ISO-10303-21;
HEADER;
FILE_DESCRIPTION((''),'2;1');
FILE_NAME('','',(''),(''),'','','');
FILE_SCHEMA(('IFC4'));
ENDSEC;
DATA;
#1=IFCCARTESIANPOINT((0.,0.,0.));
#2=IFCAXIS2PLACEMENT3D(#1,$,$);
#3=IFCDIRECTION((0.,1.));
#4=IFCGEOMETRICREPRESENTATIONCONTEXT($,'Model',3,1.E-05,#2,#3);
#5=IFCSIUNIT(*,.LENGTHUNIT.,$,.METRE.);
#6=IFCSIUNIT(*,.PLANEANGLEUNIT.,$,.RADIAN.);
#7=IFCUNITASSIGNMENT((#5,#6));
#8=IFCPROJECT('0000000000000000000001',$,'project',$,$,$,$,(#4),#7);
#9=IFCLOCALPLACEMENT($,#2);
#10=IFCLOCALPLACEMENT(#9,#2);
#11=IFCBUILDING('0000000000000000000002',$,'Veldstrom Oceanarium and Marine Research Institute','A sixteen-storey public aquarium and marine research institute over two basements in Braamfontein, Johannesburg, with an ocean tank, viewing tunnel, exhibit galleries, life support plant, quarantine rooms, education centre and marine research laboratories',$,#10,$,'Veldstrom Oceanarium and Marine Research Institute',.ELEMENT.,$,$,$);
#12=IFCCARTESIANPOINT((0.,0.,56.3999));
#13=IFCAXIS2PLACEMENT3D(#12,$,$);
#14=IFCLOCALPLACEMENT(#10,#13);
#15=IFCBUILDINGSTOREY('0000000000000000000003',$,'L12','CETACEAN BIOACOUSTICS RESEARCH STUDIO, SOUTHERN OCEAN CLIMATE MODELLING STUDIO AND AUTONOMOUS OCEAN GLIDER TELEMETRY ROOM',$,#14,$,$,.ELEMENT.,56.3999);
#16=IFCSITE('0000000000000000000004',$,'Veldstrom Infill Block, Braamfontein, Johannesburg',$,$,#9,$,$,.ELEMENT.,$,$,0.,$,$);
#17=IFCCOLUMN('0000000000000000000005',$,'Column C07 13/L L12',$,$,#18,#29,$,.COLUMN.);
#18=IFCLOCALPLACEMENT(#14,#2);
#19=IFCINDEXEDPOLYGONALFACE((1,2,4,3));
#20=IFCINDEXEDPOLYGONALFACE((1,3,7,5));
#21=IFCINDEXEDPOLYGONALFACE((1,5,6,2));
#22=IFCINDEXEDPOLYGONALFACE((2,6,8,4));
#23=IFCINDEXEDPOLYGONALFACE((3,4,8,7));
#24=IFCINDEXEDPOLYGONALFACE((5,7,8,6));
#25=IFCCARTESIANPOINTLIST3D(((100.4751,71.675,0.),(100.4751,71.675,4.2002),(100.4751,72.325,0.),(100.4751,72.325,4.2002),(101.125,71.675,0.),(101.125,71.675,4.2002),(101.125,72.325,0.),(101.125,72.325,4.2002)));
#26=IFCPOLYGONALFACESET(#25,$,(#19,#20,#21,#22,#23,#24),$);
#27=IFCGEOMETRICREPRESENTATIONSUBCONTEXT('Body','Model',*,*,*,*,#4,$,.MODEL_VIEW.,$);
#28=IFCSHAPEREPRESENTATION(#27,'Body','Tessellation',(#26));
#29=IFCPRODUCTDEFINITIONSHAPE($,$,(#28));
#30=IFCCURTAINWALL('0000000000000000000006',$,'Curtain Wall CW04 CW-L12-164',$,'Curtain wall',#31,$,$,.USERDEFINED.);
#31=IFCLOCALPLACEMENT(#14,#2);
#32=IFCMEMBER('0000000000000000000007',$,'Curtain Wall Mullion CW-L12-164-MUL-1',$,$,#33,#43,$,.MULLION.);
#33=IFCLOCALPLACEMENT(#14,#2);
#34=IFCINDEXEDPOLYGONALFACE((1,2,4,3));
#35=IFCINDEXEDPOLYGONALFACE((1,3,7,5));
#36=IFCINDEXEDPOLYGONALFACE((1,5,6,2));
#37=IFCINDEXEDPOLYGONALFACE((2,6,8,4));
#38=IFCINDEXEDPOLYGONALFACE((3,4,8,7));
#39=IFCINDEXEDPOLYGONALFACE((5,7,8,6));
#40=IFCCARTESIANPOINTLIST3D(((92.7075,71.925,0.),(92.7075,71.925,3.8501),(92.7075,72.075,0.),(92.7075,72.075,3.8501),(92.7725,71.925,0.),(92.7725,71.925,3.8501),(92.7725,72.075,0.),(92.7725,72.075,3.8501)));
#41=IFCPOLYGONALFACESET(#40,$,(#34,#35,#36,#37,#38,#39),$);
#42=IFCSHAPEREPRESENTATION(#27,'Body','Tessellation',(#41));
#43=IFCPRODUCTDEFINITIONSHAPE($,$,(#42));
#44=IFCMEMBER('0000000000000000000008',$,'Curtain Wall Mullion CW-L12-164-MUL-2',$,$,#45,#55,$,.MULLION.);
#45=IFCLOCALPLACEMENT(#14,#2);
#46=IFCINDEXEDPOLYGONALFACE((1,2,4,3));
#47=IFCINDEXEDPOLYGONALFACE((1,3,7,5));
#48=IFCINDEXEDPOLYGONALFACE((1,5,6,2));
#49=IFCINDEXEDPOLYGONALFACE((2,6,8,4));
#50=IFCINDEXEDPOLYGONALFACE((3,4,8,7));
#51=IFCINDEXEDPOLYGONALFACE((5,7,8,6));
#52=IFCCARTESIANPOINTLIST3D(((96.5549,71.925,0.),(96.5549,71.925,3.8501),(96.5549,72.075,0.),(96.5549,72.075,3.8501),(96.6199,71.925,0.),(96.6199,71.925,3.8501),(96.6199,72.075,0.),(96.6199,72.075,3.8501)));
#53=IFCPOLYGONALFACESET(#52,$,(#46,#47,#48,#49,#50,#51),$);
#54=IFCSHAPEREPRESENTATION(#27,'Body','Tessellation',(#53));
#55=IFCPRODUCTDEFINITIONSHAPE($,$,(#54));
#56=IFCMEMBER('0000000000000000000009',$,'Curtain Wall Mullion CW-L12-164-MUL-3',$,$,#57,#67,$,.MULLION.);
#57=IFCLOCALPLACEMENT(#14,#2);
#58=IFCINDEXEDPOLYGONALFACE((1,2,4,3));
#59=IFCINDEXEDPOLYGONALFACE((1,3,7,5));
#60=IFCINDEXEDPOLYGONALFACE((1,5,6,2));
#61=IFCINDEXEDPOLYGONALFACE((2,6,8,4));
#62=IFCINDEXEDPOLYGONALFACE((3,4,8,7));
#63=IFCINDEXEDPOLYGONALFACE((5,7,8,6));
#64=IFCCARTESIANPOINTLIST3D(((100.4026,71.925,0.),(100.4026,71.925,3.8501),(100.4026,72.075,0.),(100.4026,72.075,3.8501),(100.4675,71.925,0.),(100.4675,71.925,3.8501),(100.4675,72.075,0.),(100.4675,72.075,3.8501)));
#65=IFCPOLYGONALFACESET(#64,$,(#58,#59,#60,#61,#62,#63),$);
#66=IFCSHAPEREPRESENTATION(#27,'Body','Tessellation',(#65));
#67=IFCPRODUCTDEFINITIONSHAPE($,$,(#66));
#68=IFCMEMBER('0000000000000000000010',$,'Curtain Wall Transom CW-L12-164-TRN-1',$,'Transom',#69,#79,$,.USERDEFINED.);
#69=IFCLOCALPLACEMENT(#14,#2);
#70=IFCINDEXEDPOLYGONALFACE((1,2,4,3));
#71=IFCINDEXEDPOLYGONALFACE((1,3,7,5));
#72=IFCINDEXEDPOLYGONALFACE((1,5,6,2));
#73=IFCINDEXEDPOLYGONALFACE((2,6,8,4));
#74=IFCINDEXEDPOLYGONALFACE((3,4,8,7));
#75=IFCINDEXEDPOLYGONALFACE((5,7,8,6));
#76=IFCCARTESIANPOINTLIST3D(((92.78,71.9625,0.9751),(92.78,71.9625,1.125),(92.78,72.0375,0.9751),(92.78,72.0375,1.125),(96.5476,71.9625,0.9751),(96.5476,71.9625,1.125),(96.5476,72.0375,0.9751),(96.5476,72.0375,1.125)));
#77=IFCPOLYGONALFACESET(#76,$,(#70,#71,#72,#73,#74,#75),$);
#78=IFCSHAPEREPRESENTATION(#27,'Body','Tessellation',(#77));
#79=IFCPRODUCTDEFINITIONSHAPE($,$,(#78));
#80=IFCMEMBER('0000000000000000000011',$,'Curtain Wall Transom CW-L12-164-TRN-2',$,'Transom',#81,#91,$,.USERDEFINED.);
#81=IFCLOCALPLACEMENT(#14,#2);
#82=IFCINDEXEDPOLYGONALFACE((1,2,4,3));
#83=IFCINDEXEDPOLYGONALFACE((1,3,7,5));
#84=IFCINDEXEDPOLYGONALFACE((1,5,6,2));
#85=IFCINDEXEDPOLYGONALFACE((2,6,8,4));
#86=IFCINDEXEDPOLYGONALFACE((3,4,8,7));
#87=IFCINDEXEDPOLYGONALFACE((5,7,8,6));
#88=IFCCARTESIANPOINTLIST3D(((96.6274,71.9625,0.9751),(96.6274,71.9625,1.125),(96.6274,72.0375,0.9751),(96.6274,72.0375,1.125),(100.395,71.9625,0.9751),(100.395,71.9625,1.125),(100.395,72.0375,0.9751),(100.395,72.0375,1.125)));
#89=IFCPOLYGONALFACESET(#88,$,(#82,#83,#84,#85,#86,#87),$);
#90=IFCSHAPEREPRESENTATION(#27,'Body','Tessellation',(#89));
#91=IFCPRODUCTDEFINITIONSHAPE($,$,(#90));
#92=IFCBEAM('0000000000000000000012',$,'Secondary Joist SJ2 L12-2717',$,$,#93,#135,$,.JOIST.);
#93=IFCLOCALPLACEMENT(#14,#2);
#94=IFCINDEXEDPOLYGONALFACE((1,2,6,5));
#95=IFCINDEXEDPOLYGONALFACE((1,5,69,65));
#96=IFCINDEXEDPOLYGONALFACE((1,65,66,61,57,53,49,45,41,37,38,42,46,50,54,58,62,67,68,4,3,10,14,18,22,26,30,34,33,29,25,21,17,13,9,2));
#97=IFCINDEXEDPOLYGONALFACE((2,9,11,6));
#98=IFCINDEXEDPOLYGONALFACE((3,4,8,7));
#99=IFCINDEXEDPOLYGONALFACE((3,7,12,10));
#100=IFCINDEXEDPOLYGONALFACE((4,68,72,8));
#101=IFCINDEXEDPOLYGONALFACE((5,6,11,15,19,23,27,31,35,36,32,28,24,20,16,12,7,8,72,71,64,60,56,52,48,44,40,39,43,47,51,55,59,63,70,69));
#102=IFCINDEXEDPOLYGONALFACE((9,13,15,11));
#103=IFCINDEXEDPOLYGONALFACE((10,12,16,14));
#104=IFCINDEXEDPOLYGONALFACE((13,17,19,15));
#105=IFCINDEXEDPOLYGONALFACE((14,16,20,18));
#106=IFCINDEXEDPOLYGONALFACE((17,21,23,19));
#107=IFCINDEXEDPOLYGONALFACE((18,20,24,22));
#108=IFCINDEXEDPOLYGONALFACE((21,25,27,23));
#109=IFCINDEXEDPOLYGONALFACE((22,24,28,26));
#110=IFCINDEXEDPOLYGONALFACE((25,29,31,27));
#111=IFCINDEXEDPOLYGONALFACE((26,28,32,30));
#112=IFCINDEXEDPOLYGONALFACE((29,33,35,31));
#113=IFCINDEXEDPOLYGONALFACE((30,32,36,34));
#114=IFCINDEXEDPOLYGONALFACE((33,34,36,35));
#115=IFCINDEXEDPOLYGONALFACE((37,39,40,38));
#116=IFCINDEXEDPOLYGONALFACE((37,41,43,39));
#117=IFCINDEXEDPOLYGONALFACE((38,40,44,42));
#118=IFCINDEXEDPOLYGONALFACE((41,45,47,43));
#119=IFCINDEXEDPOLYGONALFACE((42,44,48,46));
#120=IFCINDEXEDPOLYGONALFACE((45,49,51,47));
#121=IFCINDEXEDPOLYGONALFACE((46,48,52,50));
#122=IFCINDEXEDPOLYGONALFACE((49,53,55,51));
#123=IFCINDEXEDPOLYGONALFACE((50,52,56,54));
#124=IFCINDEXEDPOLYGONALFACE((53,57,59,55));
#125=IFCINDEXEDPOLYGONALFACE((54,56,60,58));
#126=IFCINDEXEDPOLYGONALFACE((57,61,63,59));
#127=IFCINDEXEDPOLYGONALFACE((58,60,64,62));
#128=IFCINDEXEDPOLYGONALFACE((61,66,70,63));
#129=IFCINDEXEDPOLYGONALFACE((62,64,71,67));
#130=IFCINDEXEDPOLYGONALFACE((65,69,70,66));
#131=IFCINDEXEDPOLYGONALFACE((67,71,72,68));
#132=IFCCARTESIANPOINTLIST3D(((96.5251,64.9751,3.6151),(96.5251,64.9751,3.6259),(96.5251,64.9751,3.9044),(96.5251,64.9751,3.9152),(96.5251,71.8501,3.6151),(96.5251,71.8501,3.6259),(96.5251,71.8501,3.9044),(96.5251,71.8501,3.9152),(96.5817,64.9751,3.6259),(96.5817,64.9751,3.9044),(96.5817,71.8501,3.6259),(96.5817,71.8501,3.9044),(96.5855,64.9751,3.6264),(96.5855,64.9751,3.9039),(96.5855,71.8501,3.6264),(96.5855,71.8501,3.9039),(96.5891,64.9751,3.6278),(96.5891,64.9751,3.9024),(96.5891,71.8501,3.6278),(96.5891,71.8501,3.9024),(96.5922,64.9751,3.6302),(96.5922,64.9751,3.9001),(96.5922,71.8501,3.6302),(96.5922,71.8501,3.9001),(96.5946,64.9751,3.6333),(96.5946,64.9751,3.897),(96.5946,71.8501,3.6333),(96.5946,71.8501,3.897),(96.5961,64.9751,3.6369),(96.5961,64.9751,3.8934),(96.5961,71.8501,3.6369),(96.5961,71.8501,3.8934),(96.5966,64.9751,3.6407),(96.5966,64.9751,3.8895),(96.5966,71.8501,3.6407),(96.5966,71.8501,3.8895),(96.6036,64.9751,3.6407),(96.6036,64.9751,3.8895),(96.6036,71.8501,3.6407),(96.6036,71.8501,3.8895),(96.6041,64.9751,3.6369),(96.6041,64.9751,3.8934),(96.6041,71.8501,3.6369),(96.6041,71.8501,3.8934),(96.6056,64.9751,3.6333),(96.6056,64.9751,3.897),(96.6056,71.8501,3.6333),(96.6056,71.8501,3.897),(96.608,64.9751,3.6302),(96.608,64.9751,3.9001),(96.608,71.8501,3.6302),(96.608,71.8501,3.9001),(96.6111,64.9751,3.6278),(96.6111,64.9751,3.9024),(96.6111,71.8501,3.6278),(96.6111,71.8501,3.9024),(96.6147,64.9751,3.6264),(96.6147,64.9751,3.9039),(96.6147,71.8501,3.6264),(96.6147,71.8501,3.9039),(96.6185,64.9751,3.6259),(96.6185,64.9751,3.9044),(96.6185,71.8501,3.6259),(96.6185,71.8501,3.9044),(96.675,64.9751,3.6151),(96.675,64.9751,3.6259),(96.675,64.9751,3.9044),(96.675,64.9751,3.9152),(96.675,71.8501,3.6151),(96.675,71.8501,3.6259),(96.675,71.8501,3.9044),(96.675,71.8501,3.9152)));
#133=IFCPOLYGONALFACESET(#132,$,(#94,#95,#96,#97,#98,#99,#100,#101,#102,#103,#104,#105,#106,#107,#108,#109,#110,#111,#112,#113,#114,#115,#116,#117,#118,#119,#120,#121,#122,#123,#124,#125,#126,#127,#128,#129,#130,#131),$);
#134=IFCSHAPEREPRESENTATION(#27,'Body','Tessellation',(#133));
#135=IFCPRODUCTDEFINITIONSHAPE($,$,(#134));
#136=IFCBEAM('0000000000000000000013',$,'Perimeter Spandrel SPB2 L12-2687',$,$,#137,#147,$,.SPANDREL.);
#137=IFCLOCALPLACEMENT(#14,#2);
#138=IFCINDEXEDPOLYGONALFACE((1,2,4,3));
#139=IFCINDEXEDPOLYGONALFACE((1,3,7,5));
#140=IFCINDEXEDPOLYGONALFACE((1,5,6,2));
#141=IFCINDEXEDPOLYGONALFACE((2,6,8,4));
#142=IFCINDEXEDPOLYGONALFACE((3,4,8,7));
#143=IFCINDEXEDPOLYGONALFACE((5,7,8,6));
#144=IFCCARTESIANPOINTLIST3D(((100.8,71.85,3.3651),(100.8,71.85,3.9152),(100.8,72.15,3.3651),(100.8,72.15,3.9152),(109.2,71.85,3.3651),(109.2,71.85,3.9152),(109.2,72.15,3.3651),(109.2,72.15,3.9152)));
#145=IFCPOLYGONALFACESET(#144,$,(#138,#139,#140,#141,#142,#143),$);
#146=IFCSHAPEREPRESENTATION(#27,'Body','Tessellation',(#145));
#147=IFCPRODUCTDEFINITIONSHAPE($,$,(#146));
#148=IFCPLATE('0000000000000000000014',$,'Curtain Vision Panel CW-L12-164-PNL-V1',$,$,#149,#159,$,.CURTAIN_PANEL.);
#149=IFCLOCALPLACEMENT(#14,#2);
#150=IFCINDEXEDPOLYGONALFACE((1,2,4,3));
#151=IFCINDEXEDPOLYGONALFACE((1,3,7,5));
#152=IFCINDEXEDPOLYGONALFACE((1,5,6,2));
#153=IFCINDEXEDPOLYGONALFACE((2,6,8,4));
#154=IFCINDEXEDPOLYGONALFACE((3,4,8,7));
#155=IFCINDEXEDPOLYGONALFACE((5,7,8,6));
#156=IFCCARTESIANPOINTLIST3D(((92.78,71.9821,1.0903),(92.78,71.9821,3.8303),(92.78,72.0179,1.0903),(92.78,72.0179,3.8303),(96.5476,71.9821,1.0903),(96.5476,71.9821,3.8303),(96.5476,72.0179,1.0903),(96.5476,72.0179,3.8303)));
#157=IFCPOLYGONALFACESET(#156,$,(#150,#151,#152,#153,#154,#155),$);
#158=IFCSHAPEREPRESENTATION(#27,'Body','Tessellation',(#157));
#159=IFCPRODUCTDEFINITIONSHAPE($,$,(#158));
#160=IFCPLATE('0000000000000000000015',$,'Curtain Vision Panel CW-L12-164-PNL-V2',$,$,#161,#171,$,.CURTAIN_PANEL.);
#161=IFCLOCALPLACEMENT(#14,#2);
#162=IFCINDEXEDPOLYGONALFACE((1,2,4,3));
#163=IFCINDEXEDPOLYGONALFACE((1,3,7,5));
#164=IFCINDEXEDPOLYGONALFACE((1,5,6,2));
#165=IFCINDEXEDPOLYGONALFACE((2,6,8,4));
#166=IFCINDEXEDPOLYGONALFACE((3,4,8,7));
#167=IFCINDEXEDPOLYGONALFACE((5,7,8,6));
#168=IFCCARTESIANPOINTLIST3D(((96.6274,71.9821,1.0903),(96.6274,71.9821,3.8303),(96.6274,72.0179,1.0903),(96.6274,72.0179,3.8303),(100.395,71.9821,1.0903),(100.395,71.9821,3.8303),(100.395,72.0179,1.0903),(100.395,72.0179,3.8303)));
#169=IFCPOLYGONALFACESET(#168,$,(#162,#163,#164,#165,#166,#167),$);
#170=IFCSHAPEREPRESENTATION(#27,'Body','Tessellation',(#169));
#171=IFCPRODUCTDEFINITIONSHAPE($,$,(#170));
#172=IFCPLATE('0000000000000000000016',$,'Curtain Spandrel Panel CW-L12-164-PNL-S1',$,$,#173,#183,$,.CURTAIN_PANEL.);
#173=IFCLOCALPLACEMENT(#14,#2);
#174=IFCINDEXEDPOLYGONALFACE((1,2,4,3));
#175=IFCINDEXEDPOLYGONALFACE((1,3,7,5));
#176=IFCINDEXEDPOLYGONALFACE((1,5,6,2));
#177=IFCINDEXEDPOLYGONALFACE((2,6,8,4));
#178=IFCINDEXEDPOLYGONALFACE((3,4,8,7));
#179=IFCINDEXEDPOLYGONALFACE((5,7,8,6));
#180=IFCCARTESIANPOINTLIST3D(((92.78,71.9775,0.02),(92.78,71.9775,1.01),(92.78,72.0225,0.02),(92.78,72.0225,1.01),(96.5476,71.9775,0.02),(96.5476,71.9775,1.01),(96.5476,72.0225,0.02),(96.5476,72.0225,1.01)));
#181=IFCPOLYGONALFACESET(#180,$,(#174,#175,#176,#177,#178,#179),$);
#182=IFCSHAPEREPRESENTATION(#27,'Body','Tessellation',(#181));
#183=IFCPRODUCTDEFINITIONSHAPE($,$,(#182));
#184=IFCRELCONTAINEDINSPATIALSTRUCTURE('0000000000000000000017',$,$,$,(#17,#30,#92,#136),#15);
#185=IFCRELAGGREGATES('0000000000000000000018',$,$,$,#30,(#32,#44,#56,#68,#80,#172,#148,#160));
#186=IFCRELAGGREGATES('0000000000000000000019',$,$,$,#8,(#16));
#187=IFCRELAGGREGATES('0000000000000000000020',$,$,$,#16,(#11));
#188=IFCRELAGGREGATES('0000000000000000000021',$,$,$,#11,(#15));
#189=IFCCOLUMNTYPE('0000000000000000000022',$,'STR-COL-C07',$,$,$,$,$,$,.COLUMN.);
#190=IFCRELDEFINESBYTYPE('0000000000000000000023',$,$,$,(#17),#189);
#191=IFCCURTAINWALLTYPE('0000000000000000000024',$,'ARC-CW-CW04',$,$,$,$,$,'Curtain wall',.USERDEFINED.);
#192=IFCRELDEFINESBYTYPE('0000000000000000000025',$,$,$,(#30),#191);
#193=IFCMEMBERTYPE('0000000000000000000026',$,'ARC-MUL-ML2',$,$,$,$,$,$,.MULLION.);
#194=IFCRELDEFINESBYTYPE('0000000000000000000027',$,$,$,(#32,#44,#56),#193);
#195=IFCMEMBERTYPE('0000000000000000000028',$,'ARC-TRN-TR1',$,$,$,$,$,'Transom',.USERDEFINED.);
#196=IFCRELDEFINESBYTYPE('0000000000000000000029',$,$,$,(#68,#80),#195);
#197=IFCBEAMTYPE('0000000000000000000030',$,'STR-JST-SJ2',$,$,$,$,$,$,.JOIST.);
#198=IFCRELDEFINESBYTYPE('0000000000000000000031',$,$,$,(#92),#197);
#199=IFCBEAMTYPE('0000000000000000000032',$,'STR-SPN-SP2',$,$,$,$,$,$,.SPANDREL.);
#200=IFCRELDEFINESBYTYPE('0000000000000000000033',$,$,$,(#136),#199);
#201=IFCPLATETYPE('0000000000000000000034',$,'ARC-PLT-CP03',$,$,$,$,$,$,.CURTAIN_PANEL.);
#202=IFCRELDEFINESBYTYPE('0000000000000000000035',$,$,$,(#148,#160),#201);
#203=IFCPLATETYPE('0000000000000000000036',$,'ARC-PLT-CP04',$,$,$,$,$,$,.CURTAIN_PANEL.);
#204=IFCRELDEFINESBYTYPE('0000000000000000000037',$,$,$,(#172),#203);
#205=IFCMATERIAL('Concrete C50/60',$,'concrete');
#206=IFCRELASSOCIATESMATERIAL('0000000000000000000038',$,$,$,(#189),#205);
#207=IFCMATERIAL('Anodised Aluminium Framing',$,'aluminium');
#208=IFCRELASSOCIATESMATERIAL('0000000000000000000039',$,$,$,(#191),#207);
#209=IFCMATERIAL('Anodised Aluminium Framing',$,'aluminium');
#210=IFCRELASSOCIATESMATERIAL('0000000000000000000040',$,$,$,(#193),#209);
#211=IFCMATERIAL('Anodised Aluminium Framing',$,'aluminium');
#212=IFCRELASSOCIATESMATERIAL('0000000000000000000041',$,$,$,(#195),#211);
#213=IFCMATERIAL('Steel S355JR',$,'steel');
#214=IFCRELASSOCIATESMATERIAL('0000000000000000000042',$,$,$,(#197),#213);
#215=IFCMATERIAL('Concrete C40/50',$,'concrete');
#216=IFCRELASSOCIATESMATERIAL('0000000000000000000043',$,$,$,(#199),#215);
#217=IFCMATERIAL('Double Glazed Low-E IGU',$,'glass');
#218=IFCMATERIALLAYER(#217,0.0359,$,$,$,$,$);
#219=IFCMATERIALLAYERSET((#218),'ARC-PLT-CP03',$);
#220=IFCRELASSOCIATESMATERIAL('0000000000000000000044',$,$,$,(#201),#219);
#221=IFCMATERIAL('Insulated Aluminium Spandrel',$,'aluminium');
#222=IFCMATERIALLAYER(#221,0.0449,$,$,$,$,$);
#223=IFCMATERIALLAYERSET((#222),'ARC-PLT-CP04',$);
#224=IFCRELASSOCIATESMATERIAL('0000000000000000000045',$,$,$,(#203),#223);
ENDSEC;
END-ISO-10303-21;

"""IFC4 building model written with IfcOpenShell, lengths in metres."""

from ifc_helpers import new_model, si_unit, direction, frame, origin, origin_2d, place, context, subcontext, project, spatial, rectangle, i_section, extrude, material, layer, layer_set, material_profile, profile_set, type_object, element, aggregate, save


model = new_model("IFC4")

# Units and contexts
model_context = context("Model", 3, precision=1e-05, world=origin(), true_north=direction((0.0, 1.0)))
body_context = subcontext(model_context, "Body", "Model", "MODEL_VIEW")
ifc_project = project(units=[si_unit("LENGTHUNIT", "METRE"), si_unit("PLANEANGLEUNIT", "RADIAN")], contexts=[model_context])

# Site, building, storey
site_placement = place(None, origin())
site = spatial("IfcSite", under=ifc_project, at=site_placement, Name="Veldstrom Infill Block, Braamfontein, Johannesburg", CompositionType="ELEMENT", RefElevation=0.0)
building_placement = place(site_placement, origin())
building = spatial("IfcBuilding", under=site, at=building_placement, Name="Veldstrom Oceanarium and Marine Research Institute", Description="A sixteen-storey public aquarium and marine research institute over two basements in Braamfontein, Johannesburg, with an ocean tank, viewing tunnel, exhibit galleries, life support plant, quarantine rooms, education centre and marine research laboratories", LongName="Veldstrom Oceanarium and Marine Research Institute", CompositionType="ELEMENT")
storey_placement = place(building_placement, frame((0.0, 0.0, 56.3999)))
storey = spatial("IfcBuildingStorey", under=building, at=storey_placement, Name="L12", Description="CETACEAN BIOACOUSTICS RESEARCH STUDIO, SOUTHERN OCEAN CLIMATE MODELLING STUDIO AND AUTONOMOUS OCEAN GLIDER TELEMETRY ROOM", CompositionType="ELEMENT", Elevation=56.3999)

# Column
ifc_material_1 = material(Name="Concrete C50/60", Category="concrete")
ifc_material_profile_1 = material_profile(ifc_material_1, rectangle(XDim=0.6499, YDim=0.6499, at=origin_2d()), Name="RC-COL-650x650")
ifc_profile_set_1 = profile_set([ifc_material_profile_1], Name="Concrete C50/60")
column_type = type_object("IfcColumnType", Name="STR-COL-C07", PredefinedType="COLUMN", material=ifc_profile_set_1)
column_placement = place(storey_placement, frame((100.8, 72.0, 0.0), z_axis=(0.0, 0.0, 1.0), x_axis=(1.0, 0.0, 0.0)))
element("IfcColumn", 1, at=column_placement, inside=storey, type_object=column_type, Name="Column C07 13/L L12", PredefinedType="COLUMN", context=body_context, shape_type="SweptSolid", body=[
    extrude(rectangle(XDim=0.6499, YDim=0.6499, at=origin_2d()), origin(), (0.0, 0.0, 1.0), 4.2002),
])

# Curtain wall, members
ifc_material_2 = material(Name="Anodised Aluminium Framing", Category="aluminium")
curtain_wall_type = type_object("IfcCurtainWallType", Name="ARC-CW-CW04", ElementType="Curtain wall", PredefinedType="USERDEFINED", material=ifc_material_2)
curtain_wall_placement = place(storey_placement, origin())
curtain_wall = element("IfcCurtainWall", 2, at=curtain_wall_placement, inside=storey, type_object=curtain_wall_type, Name="Curtain Wall CW04 CW-L12-164", ObjectType="Curtain wall", PredefinedType="USERDEFINED")
ifc_material_3 = material(Name="Anodised Aluminium Framing", Category="aluminium")
ifc_material_profile_2 = material_profile(ifc_material_3, rectangle(XDim=0.0649, YDim=0.1499, at=origin_2d()), Name="ALU-MUL-65x150")
ifc_profile_set_2 = profile_set([ifc_material_profile_2], Name="Anodised Aluminium Framing")
member_type_1 = type_object("IfcMemberType", Name="ARC-MUL-ML2", PredefinedType="MULLION", material=ifc_profile_set_2)
member_1_placement = place(storey_placement, frame((92.74, 72.0, 0.0), z_axis=(0.0, 0.0, 1.0), x_axis=(1.0, 0.0, 0.0)))
member_1 = element("IfcMember", 3, at=member_1_placement, type_object=member_type_1, Name="Curtain Wall Mullion CW-L12-164-MUL-1", PredefinedType="MULLION", context=body_context, shape_type="SweptSolid", body=[
    extrude(rectangle(XDim=0.0649, YDim=0.1499, at=origin_2d()), origin(), (0.0, 0.0, 1.0), 3.8501),
])
member_2_placement = place(storey_placement, frame((96.5874, 72.0, 0.0), z_axis=(0.0, 0.0, 1.0), x_axis=(1.0, 0.0, 0.0)))
member_2 = element("IfcMember", 4, at=member_2_placement, type_object=member_type_1, Name="Curtain Wall Mullion CW-L12-164-MUL-2", PredefinedType="MULLION", context=body_context, shape_type="SweptSolid", body=[
    extrude(rectangle(XDim=0.0649, YDim=0.1499, at=origin_2d()), origin(), (0.0, 0.0, 1.0), 3.8501),
])
member_3_placement = place(storey_placement, frame((100.4351, 72.0, 0.0), z_axis=(0.0, 0.0, 1.0), x_axis=(1.0, 0.0, 0.0)))
member_3 = element("IfcMember", 5, at=member_3_placement, type_object=member_type_1, Name="Curtain Wall Mullion CW-L12-164-MUL-3", PredefinedType="MULLION", context=body_context, shape_type="SweptSolid", body=[
    extrude(rectangle(XDim=0.0649, YDim=0.1499, at=origin_2d()), origin(), (0.0, 0.0, 1.0), 3.8501),
])
ifc_material_4 = material(Name="Anodised Aluminium Framing", Category="aluminium")
ifc_material_profile_3 = material_profile(ifc_material_4, rectangle(XDim=0.075, YDim=0.1499, at=origin_2d()), Name="ALU-TRN-75x150")
ifc_profile_set_3 = profile_set([ifc_material_profile_3], Name="Anodised Aluminium Framing")
member_type_2 = type_object("IfcMemberType", Name="ARC-TRN-TR1", ElementType="Transom", PredefinedType="USERDEFINED", material=ifc_profile_set_3)
member_4_placement = place(storey_placement, frame((92.78, 72.0, 1.05), z_axis=(1.0, 0.0, 0.0), x_axis=(0.0, 1.0, 0.0)))
member_4 = element("IfcMember", 6, at=member_4_placement, type_object=member_type_2, Name="Curtain Wall Transom CW-L12-164-TRN-1", ObjectType="Transom", PredefinedType="USERDEFINED", context=body_context, shape_type="SweptSolid", body=[
    extrude(rectangle(XDim=0.075, YDim=0.1499, at=origin_2d()), origin(), (0.0, 0.0, 1.0), 3.7676),
])
member_5_placement = place(storey_placement, frame((96.6274, 72.0, 1.05), z_axis=(1.0, 0.0, 0.0), x_axis=(0.0, 1.0, 0.0)))
member_5 = element("IfcMember", 7, at=member_5_placement, type_object=member_type_2, Name="Curtain Wall Transom CW-L12-164-TRN-2", ObjectType="Transom", PredefinedType="USERDEFINED", context=body_context, shape_type="SweptSolid", body=[
    extrude(rectangle(XDim=0.075, YDim=0.1499, at=origin_2d()), origin(), (0.0, 0.0, 1.0), 3.7676),
])

# Beams
ifc_material_5 = material(Name="Steel S355JR", Category="steel")
ifc_material_profile_4 = material_profile(ifc_material_5, i_section(OverallWidth=0.1499, OverallDepth=0.3, WebThickness=0.0071, FlangeThickness=0.0107, FilletRadius=0.0149, at=origin_2d()), Name="IPE 300")
ifc_profile_set_4 = profile_set([ifc_material_profile_4], Name="Steel S355JR")
beam_type_1 = type_object("IfcBeamType", Name="STR-JST-SJ2", PredefinedType="JOIST", material=ifc_profile_set_4)
beam_1_placement = place(storey_placement, frame((96.6001, 64.9751, 3.7651), z_axis=(0.0, 1.0, 0.0), x_axis=(-1.0, 0.0, 0.0)))
element("IfcBeam", 8, at=beam_1_placement, inside=storey, type_object=beam_type_1, Name="Secondary Joist SJ2 L12-2717", PredefinedType="JOIST", context=body_context, shape_type="SweptSolid", body=[
    extrude(i_section(OverallWidth=0.1499, OverallDepth=0.3, WebThickness=0.0071, FlangeThickness=0.0107, FilletRadius=0.0149, at=origin_2d()), origin(), (0.0, 0.0, 1.0), 6.875),
])
ifc_material_6 = material(Name="Concrete C40/50", Category="concrete")
ifc_material_profile_5 = material_profile(ifc_material_6, rectangle(XDim=0.3, YDim=0.55, at=origin_2d()), Name="RC-SPN-300x550")
ifc_profile_set_5 = profile_set([ifc_material_profile_5], Name="Concrete C40/50")
beam_type_2 = type_object("IfcBeamType", Name="STR-SPN-SP2", PredefinedType="SPANDREL", material=ifc_profile_set_5)
beam_2_placement = place(storey_placement, frame((100.8, 72.0, 3.6401), z_axis=(1.0, 0.0, 0.0), x_axis=(0.0, 1.0, 0.0)))
element("IfcBeam", 9, at=beam_2_placement, inside=storey, type_object=beam_type_2, Name="Perimeter Spandrel SPB2 L12-2687", PredefinedType="SPANDREL", context=body_context, shape_type="SweptSolid", body=[
    extrude(rectangle(XDim=0.3, YDim=0.55, at=origin_2d()), origin(), (0.0, 0.0, 1.0), 8.3999),
])

# Plates
ifc_material_7 = material(Name="Double Glazed Low-E IGU", Category="glass")
ifc_layer_1 = layer(ifc_material_7, 0.0359)
ifc_layer_set_1 = layer_set([ifc_layer_1], Name="ARC-PLT-CP03")
plate_type_1 = type_object("IfcPlateType", Name="ARC-PLT-CP03", PredefinedType="CURTAIN_PANEL", material=ifc_layer_set_1)
plate_1_placement = place(storey_placement, frame((94.6638, 72.0, 1.0903), z_axis=(0.0, 0.0, 1.0), x_axis=(1.0, 0.0, 0.0)))
plate_1 = element("IfcPlate", 10, at=plate_1_placement, type_object=plate_type_1, Name="Curtain Vision Panel CW-L12-164-PNL-V1", PredefinedType="CURTAIN_PANEL", context=body_context, shape_type="SweptSolid", body=[
    extrude(rectangle(XDim=3.7676, YDim=0.0359, at=origin_2d()), origin(), (0.0, 0.0, 1.0), 2.74),
])
plate_2_placement = place(storey_placement, frame((98.5112, 72.0, 1.0903), z_axis=(0.0, 0.0, 1.0), x_axis=(1.0, 0.0, 0.0)))
plate_2 = element("IfcPlate", 11, at=plate_2_placement, type_object=plate_type_1, Name="Curtain Vision Panel CW-L12-164-PNL-V2", PredefinedType="CURTAIN_PANEL", context=body_context, shape_type="SweptSolid", body=[
    extrude(rectangle(XDim=3.7676, YDim=0.0359, at=origin_2d()), origin(), (0.0, 0.0, 1.0), 2.74),
])
ifc_material_8 = material(Name="Insulated Aluminium Spandrel", Category="aluminium")
ifc_layer_2 = layer(ifc_material_8, 0.0449)
ifc_layer_set_2 = layer_set([ifc_layer_2], Name="ARC-PLT-CP04")
plate_type_2 = type_object("IfcPlateType", Name="ARC-PLT-CP04", PredefinedType="CURTAIN_PANEL", material=ifc_layer_set_2)
plate_3_placement = place(storey_placement, frame((94.6638, 72.0, 0.02), z_axis=(0.0, 0.0, 1.0), x_axis=(1.0, 0.0, 0.0)))
plate_3 = element("IfcPlate", 12, at=plate_3_placement, type_object=plate_type_2, Name="Curtain Spandrel Panel CW-L12-164-PNL-S1", PredefinedType="CURTAIN_PANEL", context=body_context, shape_type="SweptSolid", body=[
    extrude(rectangle(XDim=3.7676, YDim=0.0449, at=origin_2d()), origin(), (0.0, 0.0, 1.0), 0.99),
])
aggregate(curtain_wall, [member_1, member_2, member_3, member_4, member_5, plate_3, plate_1, plate_2])

save(model, "model.ifc")
